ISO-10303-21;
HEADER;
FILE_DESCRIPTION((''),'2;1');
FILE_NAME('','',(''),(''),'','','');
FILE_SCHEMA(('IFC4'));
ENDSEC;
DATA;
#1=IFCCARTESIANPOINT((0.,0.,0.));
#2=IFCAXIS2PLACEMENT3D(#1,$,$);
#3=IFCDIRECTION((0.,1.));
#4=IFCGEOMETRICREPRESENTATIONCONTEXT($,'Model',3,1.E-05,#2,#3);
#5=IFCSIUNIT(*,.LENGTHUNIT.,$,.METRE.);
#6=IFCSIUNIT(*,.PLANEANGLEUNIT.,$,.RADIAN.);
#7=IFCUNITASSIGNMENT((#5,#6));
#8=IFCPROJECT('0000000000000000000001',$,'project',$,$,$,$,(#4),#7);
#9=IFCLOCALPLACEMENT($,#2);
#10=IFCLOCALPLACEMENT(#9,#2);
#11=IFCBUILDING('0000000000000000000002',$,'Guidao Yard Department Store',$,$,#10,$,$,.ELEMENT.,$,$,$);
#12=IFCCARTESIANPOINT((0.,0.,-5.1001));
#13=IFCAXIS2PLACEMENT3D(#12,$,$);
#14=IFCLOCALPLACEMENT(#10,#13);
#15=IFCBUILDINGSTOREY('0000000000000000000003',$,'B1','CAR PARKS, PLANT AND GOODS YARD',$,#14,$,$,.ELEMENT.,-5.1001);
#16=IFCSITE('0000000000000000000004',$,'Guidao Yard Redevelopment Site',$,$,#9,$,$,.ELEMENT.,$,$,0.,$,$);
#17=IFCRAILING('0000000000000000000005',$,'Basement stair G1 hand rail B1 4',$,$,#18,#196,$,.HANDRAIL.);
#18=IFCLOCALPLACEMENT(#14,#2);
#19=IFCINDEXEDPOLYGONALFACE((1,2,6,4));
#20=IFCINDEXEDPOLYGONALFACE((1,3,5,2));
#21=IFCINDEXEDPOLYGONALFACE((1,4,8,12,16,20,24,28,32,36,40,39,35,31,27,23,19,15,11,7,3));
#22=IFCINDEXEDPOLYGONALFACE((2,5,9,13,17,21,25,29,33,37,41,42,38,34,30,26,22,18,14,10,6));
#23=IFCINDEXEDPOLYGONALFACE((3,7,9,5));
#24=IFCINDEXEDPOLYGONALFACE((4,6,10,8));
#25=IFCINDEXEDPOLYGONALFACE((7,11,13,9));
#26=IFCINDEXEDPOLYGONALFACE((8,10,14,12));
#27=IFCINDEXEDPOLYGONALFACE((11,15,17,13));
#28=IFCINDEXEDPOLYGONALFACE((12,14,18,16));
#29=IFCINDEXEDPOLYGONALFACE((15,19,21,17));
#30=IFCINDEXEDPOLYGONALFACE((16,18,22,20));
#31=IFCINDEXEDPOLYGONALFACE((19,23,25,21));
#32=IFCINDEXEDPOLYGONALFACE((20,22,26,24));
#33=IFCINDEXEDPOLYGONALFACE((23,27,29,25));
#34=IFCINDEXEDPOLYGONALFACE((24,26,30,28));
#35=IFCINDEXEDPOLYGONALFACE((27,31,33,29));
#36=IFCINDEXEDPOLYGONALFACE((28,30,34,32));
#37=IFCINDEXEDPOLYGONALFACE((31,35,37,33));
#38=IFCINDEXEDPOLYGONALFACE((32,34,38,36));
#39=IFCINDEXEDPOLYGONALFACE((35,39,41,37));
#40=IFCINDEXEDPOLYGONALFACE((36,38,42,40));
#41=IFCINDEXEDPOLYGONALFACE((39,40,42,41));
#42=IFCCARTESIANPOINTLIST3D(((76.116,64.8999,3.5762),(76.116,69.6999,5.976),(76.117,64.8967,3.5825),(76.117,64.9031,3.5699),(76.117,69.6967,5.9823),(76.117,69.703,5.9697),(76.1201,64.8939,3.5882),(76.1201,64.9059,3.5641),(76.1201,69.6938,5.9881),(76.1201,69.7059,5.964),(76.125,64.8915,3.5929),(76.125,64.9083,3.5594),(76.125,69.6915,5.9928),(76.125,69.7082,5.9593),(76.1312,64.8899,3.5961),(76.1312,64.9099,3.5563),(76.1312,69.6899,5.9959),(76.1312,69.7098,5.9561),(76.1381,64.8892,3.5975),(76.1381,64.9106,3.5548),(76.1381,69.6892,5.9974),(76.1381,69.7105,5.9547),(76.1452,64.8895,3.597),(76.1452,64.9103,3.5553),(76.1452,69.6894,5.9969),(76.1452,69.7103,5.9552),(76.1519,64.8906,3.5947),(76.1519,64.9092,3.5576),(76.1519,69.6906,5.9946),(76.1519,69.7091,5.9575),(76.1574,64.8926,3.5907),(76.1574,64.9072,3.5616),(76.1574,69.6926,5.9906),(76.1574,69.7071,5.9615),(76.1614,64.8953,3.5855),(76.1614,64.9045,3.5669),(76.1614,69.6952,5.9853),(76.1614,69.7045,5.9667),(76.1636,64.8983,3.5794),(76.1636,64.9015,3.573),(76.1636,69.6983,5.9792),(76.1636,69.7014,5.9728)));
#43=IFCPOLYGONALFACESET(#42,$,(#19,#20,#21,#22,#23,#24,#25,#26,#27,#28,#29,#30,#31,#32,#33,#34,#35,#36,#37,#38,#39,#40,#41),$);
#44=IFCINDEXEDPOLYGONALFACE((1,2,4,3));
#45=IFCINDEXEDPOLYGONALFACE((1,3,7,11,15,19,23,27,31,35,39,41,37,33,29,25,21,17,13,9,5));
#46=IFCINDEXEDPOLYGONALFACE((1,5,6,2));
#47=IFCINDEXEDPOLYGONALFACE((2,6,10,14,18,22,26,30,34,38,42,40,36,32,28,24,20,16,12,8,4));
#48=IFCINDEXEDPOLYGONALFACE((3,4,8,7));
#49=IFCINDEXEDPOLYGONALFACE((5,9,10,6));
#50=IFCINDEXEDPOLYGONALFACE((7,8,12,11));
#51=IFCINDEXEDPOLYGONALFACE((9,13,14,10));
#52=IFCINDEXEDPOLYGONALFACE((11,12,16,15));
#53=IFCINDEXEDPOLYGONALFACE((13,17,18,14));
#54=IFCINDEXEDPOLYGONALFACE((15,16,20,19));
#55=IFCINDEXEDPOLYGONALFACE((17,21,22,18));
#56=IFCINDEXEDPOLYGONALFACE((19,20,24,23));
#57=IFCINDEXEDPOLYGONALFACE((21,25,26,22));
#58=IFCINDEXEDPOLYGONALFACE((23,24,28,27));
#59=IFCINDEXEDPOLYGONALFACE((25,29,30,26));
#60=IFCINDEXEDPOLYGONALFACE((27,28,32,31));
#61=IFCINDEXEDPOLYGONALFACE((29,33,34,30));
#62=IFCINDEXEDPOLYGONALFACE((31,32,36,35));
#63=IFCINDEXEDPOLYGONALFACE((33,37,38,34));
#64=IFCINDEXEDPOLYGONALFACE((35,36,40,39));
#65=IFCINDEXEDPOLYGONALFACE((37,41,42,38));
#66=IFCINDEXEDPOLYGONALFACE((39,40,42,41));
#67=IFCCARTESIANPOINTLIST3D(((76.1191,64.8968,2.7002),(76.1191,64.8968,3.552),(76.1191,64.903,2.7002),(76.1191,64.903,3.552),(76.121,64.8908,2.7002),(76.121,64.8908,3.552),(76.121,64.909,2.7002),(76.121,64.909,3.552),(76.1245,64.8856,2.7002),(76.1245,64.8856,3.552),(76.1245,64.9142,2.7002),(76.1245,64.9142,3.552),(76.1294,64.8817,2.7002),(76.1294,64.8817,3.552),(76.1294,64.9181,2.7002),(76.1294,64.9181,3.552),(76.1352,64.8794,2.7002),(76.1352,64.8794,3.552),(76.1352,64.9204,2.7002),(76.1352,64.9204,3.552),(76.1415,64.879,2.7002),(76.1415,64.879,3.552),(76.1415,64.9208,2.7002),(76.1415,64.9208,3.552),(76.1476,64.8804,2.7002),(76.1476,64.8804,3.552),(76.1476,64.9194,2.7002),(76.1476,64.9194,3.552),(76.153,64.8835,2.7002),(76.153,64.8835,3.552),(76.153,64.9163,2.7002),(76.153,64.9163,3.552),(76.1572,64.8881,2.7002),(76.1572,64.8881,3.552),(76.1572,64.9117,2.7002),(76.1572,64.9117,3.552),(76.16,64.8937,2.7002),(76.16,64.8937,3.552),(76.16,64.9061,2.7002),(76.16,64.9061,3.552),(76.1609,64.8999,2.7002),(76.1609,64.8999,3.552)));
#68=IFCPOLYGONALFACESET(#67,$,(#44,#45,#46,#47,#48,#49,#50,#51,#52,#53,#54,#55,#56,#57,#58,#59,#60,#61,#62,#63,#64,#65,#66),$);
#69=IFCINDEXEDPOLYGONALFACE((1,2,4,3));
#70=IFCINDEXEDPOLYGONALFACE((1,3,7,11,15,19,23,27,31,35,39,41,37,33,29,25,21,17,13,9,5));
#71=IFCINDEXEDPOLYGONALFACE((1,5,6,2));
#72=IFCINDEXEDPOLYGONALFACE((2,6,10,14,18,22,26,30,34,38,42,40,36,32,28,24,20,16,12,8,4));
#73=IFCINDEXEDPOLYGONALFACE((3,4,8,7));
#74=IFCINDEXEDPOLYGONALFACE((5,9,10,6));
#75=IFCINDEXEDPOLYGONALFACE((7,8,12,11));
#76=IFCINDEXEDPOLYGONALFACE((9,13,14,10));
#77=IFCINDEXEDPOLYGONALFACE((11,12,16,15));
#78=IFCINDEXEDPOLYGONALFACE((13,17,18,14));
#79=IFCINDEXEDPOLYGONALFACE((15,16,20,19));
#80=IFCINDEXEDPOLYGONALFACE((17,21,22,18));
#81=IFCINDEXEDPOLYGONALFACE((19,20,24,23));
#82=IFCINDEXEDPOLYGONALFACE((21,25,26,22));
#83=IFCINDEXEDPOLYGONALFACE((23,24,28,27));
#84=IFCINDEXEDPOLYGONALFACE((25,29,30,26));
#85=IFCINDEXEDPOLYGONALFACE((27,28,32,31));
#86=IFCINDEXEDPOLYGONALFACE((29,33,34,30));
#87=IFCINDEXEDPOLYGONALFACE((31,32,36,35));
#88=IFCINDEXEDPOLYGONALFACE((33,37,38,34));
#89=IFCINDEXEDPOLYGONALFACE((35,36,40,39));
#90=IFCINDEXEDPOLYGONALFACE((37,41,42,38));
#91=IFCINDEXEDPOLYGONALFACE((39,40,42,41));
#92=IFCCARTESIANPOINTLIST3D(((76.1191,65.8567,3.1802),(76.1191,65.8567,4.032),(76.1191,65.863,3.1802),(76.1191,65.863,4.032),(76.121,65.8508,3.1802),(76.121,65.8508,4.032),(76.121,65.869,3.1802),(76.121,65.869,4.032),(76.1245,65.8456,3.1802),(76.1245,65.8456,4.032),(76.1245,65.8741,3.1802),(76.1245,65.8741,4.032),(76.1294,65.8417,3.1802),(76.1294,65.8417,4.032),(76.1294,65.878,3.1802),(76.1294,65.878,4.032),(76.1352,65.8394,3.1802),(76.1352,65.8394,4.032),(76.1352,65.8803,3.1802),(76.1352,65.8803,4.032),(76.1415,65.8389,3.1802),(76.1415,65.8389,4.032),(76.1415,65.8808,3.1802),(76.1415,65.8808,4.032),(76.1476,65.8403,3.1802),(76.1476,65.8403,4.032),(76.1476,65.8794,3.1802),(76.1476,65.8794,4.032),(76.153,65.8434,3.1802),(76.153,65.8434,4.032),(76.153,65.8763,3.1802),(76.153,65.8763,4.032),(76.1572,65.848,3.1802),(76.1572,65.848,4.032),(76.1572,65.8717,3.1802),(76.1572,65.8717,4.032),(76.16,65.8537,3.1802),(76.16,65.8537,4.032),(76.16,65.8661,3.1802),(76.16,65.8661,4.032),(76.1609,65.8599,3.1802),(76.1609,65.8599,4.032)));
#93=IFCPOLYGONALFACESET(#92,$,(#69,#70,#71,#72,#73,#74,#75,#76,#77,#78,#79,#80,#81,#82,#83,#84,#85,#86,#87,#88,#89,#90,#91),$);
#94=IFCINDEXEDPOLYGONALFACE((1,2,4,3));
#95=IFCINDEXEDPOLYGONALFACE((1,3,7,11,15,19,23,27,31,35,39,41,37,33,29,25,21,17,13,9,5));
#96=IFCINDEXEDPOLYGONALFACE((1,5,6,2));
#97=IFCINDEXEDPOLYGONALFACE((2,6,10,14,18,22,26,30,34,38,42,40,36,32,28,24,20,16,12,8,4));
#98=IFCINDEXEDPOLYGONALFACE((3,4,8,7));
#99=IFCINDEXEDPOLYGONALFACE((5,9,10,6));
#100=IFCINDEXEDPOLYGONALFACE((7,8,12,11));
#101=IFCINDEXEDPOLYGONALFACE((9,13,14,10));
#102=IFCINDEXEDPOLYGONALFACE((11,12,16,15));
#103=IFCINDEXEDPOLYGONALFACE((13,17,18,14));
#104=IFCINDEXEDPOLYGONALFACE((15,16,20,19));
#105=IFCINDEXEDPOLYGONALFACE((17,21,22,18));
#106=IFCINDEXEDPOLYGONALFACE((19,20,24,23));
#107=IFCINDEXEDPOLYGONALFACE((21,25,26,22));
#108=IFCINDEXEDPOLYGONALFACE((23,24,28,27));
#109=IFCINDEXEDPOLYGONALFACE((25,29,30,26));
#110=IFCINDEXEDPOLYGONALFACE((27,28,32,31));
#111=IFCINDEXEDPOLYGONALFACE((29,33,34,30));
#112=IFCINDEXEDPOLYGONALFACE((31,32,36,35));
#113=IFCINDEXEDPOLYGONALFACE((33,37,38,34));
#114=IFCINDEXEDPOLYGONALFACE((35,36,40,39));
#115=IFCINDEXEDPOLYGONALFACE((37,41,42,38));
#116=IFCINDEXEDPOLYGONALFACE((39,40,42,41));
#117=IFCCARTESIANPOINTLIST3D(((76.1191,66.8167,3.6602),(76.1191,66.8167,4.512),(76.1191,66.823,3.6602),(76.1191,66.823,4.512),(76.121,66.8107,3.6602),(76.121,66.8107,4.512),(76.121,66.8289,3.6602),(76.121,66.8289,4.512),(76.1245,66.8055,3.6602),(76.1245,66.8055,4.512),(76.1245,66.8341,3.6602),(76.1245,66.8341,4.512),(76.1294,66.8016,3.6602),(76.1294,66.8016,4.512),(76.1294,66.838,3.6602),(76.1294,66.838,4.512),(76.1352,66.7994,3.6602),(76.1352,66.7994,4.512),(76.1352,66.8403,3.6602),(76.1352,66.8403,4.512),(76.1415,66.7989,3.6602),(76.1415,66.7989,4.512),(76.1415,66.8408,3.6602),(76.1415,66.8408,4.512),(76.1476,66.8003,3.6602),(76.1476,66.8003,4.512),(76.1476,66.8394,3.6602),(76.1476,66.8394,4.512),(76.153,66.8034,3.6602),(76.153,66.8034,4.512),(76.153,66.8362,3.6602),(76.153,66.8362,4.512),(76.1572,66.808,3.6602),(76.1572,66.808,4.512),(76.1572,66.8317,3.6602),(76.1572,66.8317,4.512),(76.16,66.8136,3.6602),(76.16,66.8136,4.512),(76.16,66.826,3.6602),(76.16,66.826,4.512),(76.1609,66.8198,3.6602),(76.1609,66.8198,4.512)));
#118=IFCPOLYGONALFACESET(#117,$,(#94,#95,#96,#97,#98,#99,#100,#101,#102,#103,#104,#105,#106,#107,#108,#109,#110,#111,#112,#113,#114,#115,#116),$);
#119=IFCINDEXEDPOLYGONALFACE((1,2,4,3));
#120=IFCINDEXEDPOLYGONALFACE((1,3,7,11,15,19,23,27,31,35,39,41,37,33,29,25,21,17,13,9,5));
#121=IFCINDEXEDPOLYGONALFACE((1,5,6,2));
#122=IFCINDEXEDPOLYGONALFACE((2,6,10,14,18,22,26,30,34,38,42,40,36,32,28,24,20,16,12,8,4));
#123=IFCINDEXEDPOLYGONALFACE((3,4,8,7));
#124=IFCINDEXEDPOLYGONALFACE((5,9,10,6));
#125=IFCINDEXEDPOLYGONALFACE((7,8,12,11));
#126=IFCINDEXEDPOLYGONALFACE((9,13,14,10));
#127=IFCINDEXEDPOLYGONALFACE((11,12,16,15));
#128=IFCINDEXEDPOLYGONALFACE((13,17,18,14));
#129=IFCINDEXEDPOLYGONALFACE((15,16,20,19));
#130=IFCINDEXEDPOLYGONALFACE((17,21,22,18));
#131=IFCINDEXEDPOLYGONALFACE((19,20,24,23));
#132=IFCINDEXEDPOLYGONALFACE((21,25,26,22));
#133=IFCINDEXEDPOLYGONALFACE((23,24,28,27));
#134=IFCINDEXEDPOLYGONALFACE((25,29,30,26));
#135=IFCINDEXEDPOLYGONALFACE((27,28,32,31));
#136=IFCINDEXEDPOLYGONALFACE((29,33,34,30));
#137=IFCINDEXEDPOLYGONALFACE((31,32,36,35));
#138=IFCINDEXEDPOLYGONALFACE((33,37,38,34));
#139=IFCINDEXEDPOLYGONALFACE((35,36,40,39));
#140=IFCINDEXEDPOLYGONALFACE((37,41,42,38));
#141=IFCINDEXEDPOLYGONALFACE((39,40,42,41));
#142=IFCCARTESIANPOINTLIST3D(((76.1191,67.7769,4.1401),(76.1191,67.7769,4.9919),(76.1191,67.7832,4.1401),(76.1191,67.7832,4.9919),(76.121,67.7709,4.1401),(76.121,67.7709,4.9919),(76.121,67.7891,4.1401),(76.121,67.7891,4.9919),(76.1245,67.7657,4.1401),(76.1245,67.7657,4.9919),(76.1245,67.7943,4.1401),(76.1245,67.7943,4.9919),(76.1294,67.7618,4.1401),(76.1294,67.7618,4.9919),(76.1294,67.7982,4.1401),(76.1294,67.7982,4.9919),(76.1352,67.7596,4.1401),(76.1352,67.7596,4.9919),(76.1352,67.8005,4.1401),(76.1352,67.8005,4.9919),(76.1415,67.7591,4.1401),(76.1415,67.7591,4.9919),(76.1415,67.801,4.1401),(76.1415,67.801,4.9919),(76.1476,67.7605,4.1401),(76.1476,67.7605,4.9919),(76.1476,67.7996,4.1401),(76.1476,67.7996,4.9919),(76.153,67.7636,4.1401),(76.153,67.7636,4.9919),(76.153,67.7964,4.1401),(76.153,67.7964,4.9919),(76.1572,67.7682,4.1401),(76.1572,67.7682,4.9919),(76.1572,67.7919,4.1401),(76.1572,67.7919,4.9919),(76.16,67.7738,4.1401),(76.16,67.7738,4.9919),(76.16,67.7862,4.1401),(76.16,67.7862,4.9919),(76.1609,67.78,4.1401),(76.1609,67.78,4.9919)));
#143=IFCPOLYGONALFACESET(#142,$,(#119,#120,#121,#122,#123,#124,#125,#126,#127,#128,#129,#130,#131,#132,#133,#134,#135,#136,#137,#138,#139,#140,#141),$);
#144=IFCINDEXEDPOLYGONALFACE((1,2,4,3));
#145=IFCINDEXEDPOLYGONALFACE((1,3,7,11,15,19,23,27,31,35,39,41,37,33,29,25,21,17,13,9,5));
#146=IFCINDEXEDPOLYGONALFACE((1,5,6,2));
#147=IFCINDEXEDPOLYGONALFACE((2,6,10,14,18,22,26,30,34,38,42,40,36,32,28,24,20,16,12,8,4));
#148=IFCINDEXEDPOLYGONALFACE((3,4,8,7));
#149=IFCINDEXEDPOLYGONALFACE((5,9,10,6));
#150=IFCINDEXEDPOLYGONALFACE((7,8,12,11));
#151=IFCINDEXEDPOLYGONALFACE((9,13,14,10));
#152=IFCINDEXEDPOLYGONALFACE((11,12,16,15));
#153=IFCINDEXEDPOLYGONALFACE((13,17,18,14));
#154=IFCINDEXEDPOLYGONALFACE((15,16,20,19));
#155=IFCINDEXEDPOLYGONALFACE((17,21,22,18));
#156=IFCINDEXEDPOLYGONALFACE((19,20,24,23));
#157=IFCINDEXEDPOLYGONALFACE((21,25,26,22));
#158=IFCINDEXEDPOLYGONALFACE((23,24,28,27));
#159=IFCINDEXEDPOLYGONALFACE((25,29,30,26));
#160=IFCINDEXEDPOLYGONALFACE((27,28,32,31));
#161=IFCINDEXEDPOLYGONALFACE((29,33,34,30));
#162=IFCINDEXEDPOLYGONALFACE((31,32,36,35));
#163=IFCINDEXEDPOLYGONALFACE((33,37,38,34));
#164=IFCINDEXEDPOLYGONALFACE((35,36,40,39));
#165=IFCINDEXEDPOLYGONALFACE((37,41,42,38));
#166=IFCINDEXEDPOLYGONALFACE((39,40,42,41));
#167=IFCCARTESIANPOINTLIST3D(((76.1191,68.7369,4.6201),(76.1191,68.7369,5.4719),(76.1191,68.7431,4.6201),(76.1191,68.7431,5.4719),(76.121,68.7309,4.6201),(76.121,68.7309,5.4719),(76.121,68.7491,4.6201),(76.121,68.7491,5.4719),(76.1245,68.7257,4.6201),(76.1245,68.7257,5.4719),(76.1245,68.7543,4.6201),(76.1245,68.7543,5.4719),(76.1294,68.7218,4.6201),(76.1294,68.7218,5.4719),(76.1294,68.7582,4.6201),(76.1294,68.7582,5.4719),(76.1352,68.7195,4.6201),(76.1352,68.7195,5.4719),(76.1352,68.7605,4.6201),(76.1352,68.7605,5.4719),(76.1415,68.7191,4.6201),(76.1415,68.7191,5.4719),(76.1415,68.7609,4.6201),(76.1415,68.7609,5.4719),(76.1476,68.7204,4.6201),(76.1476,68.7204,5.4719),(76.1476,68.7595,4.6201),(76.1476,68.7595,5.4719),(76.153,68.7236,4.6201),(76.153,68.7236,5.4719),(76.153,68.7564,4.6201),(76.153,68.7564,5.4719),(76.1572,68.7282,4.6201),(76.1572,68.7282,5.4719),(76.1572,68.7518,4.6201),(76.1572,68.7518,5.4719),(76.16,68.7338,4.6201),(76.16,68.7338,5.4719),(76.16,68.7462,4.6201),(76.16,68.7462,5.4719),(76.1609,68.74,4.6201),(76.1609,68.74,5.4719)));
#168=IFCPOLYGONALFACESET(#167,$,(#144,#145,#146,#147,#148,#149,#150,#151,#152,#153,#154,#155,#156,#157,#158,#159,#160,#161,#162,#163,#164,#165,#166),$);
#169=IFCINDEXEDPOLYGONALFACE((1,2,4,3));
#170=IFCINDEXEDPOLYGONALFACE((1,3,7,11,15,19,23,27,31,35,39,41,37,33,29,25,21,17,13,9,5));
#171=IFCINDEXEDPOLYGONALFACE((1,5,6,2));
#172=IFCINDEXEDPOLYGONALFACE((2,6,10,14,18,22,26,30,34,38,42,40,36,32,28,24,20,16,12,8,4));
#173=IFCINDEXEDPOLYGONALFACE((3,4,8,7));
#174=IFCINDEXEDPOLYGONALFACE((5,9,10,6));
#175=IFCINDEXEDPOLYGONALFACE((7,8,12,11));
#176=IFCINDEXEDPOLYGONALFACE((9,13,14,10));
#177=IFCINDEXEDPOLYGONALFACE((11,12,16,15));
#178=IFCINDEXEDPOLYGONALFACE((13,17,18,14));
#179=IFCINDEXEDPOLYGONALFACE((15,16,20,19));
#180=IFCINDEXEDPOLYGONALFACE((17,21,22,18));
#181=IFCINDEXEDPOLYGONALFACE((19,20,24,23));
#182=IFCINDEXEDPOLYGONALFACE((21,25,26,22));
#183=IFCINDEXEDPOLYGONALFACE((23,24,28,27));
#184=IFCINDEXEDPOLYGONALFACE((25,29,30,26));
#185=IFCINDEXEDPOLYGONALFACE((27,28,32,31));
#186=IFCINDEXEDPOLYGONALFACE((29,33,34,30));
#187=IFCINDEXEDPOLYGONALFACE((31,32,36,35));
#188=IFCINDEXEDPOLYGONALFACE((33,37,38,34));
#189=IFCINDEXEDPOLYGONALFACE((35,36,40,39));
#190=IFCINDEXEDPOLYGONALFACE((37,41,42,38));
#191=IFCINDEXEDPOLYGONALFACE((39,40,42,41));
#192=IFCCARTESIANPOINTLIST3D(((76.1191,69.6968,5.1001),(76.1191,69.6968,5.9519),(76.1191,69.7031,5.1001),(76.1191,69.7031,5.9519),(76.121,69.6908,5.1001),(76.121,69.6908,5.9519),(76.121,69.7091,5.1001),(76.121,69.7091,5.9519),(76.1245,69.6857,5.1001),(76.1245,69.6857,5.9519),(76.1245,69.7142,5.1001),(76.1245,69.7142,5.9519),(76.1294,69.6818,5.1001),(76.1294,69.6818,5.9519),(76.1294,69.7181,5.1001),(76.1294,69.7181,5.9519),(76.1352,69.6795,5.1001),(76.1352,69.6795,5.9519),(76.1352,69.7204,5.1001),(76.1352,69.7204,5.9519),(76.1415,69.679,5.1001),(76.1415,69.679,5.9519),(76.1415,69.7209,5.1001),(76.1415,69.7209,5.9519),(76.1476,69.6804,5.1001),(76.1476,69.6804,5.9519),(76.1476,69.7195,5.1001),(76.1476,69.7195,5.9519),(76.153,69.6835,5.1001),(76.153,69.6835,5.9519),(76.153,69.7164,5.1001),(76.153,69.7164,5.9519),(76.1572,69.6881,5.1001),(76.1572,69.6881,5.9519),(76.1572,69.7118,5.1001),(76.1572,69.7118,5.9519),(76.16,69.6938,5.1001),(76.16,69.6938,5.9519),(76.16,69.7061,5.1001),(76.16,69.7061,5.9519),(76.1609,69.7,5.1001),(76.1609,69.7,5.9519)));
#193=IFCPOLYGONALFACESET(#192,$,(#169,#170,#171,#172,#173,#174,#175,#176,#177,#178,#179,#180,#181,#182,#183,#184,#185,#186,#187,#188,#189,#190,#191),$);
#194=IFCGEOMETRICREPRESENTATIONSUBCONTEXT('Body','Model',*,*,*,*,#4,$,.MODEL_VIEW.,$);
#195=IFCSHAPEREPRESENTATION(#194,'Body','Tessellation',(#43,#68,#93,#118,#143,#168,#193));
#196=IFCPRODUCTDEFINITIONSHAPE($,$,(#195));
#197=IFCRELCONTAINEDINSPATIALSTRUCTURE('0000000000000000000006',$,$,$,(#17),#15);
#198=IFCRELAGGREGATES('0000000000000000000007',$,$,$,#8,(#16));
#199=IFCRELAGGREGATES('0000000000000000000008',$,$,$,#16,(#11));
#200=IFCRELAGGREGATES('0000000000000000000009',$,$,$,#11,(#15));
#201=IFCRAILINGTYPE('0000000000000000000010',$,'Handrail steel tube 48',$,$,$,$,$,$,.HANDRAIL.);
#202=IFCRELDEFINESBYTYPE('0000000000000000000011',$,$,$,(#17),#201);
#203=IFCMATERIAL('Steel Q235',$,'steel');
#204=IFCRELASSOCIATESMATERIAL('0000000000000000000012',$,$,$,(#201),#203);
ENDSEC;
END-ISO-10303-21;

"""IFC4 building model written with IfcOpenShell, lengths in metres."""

from ifc_helpers import new_model, si_unit, direction, frame, origin, origin_2d, place, context, subcontext, project, spatial, circle, extrude, material, type_object, element, save


model = new_model("IFC4")

# Units and contexts
model_context = context("Model", 3, precision=1e-05, world=origin(), true_north=direction((0.0, 1.0)))
body_context = subcontext(model_context, "Body", "Model", "MODEL_VIEW")
ifc_project = project(units=[si_unit("LENGTHUNIT", "METRE"), si_unit("PLANEANGLEUNIT", "RADIAN")], contexts=[model_context])

# Site, building, storey
site_placement = place(None, origin())
site = spatial("IfcSite", under=ifc_project, at=site_placement, Name="Guidao Yard Redevelopment Site", CompositionType="ELEMENT", RefElevation=0.0)
building_placement = place(site_placement, origin())
building = spatial("IfcBuilding", under=site, at=building_placement, Name="Guidao Yard Department Store", CompositionType="ELEMENT")
storey_placement = place(building_placement, frame((0.0, 0.0, -5.1001)))
storey = spatial("IfcBuildingStorey", under=building, at=storey_placement, Name="B1", Description="CAR PARKS, PLANT AND GOODS YARD", CompositionType="ELEMENT", Elevation=-5.1001)

# Railing
ifc_material_1 = material(Name="Steel Q235", Category="steel")
railing_type_1 = type_object("IfcRailingType", Name="Handrail steel tube 48", PredefinedType="HANDRAIL", material=ifc_material_1)
for number, where, name in (
    (1, (76.1399, 64.8999, 2.7002), "Basement stair G1 hand rail B1 4"),
):
    element("IfcRailing", number, at=place(storey_placement, frame(where)), inside=storey, type_object=railing_type_1, Name=name, PredefinedType="HANDRAIL", context=body_context, shape_type="SweptSolid", body=[
        extrude(circle(Radius=0.0239, at=origin_2d()), frame((0.0, 0.0, 0.876), z_axis=(0.0, 0.894436, 0.447195), x_axis=(-1.0, 0.0, 0.0)), (0.0, 0.0, 1.0), 5.3665),
        extrude(circle(Radius=0.021, at=origin_2d()), origin(), (0.0, 0.0, 1.0), 0.8518),
        extrude(circle(Radius=0.021, at=origin_2d()), frame((0.0, 0.96, 0.48)), (0.0, 0.0, 1.0), 0.8518),
        extrude(circle(Radius=0.021, at=origin_2d()), frame((0.0, 1.9199, 0.96)), (0.0, 0.0, 1.0), 0.8518),
        extrude(circle(Radius=0.021, at=origin_2d()), frame((0.0, 2.8801, 1.4399)), (0.0, 0.0, 1.0), 0.8518),
        extrude(circle(Radius=0.021, at=origin_2d()), frame((0.0, 3.8401, 1.9199)), (0.0, 0.0, 1.0), 0.8518),
        extrude(circle(Radius=0.021, at=origin_2d()), frame((0.0, 4.8, 2.3999)), (0.0, 0.0, 1.0), 0.8518),
    ])

save(model, "model.ifc")
